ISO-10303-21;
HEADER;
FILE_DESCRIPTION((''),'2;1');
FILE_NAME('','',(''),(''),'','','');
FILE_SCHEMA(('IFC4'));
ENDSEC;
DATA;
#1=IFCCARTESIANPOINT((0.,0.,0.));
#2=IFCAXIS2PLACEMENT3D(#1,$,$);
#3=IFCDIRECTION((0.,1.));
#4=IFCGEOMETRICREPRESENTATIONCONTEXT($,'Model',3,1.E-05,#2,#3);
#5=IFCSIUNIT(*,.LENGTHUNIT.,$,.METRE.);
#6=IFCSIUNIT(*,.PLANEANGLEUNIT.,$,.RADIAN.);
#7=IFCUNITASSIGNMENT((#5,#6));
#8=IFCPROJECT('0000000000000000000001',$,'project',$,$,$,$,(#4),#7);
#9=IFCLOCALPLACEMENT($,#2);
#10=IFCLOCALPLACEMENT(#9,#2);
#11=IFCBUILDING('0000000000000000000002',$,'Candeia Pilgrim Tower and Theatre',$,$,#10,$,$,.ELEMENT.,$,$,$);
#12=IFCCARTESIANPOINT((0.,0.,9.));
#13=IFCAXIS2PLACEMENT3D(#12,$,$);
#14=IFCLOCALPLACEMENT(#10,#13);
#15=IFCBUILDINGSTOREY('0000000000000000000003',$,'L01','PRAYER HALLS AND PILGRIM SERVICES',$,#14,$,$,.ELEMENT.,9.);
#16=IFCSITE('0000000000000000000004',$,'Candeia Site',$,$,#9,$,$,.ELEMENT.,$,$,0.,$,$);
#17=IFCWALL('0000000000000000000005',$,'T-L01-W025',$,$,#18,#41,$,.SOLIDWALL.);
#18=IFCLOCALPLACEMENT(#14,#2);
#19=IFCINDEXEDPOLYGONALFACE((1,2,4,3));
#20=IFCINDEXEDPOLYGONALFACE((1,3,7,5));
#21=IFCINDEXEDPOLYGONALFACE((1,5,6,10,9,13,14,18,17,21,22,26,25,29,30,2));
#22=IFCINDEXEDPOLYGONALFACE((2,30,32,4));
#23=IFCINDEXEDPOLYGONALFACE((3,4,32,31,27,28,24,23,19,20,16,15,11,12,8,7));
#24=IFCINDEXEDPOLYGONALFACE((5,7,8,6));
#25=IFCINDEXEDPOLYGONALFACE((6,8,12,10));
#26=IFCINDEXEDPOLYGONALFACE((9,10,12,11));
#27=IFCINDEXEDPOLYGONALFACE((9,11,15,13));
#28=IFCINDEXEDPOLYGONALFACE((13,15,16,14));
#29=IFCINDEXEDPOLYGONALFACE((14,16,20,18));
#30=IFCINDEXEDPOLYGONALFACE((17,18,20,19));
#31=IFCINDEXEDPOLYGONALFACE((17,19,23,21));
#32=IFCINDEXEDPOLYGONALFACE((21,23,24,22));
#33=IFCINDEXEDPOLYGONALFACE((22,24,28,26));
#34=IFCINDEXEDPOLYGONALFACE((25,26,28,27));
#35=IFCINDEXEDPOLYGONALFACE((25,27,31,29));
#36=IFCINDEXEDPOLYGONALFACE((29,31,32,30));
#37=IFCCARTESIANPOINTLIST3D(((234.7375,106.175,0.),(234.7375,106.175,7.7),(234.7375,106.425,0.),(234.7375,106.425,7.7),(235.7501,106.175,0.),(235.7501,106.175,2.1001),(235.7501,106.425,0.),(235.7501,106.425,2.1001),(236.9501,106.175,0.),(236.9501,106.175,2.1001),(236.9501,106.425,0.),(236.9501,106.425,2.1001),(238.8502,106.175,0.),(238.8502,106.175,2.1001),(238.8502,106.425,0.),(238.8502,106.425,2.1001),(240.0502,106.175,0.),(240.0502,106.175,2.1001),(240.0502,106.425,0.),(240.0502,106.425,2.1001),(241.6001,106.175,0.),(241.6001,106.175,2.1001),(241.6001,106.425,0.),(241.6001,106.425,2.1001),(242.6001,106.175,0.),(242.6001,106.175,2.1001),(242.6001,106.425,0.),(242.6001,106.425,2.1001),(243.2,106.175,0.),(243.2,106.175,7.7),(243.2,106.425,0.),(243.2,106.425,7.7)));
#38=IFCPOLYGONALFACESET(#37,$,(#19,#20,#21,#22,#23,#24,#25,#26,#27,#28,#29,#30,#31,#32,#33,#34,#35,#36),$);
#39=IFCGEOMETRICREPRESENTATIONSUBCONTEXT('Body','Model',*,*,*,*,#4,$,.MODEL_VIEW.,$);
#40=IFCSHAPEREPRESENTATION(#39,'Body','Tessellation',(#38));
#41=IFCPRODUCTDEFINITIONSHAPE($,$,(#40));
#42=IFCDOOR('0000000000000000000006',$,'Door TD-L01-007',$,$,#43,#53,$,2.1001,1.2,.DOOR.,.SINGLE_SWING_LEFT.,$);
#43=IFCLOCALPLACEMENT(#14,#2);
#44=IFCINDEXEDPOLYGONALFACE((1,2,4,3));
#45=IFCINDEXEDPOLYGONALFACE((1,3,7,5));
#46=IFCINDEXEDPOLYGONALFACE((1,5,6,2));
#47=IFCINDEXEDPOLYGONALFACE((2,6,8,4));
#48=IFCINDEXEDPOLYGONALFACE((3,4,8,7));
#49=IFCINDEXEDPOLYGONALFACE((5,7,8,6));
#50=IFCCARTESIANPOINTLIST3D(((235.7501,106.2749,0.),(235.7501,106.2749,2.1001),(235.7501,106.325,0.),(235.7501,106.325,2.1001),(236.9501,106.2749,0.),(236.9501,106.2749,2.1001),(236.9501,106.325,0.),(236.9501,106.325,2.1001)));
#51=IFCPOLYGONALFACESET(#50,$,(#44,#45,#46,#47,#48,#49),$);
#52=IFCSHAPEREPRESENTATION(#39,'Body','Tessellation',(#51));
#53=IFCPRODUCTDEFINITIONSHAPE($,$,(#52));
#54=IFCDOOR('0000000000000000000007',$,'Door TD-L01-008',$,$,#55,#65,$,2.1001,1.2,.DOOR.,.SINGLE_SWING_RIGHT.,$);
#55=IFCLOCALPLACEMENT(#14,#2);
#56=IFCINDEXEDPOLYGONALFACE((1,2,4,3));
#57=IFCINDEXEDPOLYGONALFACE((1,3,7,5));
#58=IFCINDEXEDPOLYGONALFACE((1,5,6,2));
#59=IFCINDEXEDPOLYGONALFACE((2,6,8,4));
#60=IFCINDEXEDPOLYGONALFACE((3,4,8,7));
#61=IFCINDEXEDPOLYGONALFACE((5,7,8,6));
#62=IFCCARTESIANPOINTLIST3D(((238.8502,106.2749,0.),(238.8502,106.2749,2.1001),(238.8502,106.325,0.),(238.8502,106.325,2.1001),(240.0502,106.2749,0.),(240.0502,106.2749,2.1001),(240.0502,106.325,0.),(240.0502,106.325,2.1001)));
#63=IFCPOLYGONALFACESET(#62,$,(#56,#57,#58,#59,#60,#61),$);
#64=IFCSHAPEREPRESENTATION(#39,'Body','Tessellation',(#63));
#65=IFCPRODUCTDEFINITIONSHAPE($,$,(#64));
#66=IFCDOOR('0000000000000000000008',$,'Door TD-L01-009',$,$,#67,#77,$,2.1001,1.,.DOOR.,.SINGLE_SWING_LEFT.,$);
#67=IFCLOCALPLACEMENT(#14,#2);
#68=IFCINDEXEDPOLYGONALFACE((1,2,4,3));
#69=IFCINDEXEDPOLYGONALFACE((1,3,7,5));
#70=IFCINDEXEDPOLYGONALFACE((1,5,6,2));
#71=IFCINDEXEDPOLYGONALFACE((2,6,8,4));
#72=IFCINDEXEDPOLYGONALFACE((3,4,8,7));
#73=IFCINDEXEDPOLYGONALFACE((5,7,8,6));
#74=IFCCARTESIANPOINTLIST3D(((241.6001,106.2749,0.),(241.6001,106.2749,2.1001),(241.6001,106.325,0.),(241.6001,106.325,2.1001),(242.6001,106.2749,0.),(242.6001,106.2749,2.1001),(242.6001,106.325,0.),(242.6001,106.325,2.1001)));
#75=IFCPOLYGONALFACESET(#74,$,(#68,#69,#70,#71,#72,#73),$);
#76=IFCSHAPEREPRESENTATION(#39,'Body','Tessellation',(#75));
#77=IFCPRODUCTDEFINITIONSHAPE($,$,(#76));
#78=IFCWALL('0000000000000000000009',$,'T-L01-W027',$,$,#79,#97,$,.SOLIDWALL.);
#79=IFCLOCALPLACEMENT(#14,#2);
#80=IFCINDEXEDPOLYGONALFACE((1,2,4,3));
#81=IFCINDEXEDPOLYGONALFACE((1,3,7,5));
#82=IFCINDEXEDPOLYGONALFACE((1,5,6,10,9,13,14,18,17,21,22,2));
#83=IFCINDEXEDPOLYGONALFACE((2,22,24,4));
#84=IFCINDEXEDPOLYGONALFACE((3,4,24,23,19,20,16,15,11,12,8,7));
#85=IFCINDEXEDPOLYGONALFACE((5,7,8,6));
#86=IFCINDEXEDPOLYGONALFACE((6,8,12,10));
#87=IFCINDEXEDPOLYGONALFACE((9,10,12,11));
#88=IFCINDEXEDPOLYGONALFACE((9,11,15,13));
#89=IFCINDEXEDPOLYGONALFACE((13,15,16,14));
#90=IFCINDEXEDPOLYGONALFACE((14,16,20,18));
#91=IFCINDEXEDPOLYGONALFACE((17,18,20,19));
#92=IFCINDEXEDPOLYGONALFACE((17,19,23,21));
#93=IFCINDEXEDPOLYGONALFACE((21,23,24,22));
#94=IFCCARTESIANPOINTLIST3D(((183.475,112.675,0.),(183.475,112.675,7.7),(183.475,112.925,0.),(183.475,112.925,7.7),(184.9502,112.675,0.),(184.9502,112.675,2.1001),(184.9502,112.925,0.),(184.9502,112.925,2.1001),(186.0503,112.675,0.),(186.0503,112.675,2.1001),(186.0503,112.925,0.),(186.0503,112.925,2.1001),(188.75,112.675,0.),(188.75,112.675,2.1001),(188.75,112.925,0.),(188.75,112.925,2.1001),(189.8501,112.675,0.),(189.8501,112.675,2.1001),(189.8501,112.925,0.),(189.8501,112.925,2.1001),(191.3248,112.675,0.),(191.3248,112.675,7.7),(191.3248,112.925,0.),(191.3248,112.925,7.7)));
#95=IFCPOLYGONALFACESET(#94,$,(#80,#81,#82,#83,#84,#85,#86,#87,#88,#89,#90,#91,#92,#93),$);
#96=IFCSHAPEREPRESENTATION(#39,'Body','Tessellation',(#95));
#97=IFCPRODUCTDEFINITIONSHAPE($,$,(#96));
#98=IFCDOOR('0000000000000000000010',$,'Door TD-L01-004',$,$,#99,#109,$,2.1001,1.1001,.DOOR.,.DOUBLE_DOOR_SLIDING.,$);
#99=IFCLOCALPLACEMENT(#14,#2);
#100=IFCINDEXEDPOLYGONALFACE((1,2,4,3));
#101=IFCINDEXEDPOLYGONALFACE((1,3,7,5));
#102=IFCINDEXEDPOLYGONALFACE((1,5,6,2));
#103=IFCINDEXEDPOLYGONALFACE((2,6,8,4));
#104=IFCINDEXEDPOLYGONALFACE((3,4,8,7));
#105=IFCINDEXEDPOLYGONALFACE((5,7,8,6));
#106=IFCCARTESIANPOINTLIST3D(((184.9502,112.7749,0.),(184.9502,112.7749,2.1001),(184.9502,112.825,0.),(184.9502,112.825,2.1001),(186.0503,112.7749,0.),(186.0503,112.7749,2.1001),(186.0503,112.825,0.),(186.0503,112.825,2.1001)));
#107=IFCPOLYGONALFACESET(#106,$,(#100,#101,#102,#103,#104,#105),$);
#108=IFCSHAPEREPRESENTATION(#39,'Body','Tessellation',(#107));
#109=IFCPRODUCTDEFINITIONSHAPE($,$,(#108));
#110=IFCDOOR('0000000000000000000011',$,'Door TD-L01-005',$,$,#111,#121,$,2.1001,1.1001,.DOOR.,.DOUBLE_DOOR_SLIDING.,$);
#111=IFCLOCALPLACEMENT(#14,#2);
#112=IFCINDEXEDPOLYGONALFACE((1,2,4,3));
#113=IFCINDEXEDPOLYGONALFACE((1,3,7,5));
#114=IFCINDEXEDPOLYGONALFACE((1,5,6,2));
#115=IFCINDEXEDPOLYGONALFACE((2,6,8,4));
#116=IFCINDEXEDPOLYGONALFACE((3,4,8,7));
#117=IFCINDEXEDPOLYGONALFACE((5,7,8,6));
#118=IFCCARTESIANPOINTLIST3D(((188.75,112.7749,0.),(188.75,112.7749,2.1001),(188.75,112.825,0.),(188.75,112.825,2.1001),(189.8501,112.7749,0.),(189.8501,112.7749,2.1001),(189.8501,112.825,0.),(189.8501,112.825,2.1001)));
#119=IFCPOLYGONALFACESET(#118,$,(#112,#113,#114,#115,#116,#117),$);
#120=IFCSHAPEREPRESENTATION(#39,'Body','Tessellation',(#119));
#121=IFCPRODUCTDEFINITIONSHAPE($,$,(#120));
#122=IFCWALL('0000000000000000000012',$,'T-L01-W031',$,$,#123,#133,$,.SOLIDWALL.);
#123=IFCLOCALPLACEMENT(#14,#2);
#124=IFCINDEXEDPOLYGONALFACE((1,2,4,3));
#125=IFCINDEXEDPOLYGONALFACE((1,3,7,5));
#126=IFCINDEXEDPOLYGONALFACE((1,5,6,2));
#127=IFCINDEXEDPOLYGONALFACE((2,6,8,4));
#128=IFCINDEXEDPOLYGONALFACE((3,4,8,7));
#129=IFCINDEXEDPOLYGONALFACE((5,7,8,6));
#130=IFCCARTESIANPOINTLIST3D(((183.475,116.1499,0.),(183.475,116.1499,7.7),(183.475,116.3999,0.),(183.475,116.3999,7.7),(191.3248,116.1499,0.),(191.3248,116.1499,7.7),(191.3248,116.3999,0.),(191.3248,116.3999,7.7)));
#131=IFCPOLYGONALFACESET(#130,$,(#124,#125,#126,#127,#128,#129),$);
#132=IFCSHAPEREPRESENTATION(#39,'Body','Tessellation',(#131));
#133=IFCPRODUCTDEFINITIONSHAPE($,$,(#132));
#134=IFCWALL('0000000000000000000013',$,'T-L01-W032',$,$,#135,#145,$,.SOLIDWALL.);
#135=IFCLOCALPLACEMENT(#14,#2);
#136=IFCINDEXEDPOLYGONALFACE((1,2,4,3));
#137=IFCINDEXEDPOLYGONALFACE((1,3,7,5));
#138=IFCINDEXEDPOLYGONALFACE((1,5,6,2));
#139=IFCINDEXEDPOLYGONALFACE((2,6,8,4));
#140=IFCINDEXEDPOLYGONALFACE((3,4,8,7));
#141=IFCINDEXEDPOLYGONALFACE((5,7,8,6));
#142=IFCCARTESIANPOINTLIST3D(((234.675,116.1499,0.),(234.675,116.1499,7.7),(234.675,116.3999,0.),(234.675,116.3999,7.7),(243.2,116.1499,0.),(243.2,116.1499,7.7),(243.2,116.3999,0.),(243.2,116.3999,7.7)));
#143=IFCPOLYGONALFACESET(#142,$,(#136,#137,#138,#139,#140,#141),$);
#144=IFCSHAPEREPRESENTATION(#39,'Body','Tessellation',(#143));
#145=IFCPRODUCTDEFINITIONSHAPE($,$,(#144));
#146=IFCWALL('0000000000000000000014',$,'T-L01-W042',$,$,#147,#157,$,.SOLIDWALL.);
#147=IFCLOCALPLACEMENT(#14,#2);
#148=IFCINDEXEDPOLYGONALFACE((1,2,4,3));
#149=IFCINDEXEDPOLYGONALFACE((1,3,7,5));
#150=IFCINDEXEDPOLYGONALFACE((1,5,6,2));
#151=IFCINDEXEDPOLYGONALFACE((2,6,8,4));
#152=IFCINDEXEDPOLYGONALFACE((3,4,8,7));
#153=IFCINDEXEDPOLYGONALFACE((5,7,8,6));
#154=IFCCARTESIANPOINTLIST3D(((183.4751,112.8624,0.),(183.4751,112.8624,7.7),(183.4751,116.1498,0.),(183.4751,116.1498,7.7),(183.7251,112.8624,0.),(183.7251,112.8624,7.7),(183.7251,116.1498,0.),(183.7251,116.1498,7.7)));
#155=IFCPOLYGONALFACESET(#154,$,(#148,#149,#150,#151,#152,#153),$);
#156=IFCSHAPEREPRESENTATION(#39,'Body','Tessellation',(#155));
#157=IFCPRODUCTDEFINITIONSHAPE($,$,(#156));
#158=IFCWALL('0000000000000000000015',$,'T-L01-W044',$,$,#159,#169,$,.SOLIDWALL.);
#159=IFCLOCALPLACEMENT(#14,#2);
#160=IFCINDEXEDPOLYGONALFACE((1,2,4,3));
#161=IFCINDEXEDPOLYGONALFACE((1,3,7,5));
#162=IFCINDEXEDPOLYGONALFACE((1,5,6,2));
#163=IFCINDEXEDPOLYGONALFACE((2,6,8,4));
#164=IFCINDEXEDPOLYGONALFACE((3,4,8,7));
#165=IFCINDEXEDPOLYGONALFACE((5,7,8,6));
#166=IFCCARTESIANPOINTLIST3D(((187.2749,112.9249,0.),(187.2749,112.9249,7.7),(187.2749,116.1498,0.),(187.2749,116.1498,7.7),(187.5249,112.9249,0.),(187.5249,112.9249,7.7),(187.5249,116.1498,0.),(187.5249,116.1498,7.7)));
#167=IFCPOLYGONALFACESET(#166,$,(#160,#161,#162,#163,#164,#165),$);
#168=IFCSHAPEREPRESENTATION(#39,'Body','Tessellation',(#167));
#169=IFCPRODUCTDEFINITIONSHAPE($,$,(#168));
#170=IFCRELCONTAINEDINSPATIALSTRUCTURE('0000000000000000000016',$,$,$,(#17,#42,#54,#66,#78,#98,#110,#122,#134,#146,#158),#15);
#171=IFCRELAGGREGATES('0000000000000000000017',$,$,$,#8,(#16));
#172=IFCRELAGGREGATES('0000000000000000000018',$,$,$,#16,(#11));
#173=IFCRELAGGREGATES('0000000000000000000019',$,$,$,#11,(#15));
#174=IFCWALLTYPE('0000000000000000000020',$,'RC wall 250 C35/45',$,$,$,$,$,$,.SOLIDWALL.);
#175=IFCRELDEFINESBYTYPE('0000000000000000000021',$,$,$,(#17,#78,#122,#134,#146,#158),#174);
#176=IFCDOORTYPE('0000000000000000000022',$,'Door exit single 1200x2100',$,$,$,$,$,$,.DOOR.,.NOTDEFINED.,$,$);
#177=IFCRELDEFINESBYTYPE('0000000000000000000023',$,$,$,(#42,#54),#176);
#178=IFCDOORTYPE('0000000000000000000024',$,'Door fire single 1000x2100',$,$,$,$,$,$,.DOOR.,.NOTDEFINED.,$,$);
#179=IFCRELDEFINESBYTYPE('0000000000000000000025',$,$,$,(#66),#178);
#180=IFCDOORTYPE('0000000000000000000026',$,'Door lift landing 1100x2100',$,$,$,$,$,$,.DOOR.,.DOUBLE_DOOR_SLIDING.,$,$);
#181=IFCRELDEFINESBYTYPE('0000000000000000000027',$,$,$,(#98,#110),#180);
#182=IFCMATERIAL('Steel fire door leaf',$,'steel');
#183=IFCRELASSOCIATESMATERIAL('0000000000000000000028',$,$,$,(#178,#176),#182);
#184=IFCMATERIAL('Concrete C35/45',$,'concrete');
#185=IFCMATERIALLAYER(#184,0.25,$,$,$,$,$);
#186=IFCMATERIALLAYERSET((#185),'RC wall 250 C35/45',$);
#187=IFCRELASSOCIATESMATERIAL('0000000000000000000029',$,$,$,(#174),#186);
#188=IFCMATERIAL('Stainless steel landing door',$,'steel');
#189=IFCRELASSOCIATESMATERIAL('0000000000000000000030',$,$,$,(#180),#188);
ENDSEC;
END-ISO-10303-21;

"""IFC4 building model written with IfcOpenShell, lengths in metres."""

from ifc_helpers import new_model, si_unit, direction, frame, frame_2d, origin, place, context, subcontext, project, spatial, rectangle, extrude, material, layer, layer_set, type_object, element, fill, save


model = new_model("IFC4")

# Units and contexts
model_context = context("Model", 3, precision=1e-05, world=origin(), true_north=direction((0.0, 1.0)))
body_context = subcontext(model_context, "Body", "Model", "MODEL_VIEW")
ifc_project = project(units=[si_unit("LENGTHUNIT", "METRE"), si_unit("PLANEANGLEUNIT", "RADIAN")], contexts=[model_context])

# Site, building, storey
site_placement = place(None, origin())
site = spatial("IfcSite", under=ifc_project, at=site_placement, Name="Candeia Site", CompositionType="ELEMENT", RefElevation=0.0)
building_placement = place(site_placement, origin())
building = spatial("IfcBuilding", under=site, at=building_placement, Name="Candeia Pilgrim Tower and Theatre", CompositionType="ELEMENT")
storey_placement = place(building_placement, frame((0.0, 0.0, 9.0)))
storey = spatial("IfcBuildingStorey", under=building, at=storey_placement, Name="L01", Description="PRAYER HALLS AND PILGRIM SERVICES", CompositionType="ELEMENT", Elevation=9.0)

# Shared definitions
ifc_material_1 = material(Name="Steel fire door leaf", Category="steel")
door_type_1 = type_object("IfcDoorType", Name="Door fire single 1000x2100", OperationType="NOTDEFINED", PredefinedType="DOOR", material=ifc_material_1)

# Shared definitions
ifc_material_2 = material(Name="Concrete C35/45", Category="concrete")
ifc_layer_1 = layer(ifc_material_2, 0.25)
ifc_layer_set_1 = layer_set([ifc_layer_1], Name="RC wall 250 C35/45")
wall_type_1 = type_object("IfcWallType", Name="RC wall 250 C35/45", PredefinedType="SOLIDWALL", material=ifc_layer_set_1)

# Walls, openings, doors
wall_1_placement = place(storey_placement, frame((234.7375, 106.3, 0.0), z_axis=(0.0, 0.0, 1.0), x_axis=(1.0, 0.0, 0.0)))
wall_1 = element("IfcWall", 1, at=wall_1_placement, inside=storey, type_object=wall_type_1, Name="T-L01-W025", PredefinedType="SOLIDWALL", context=body_context, shape_type="SweptSolid", body=[
    extrude(rectangle(XDim=8.4624, YDim=0.25, at=frame_2d((4.2312, 0.0))), origin(), (0.0, 0.0, 1.0), 7.7),
])
opening_1_placement = place(wall_1_placement, frame((1.0125, 0.0, 0.0)))
opening_1 = element("IfcOpeningElement", 2, at=opening_1_placement, cuts=wall_1, PredefinedType="OPENING", context=body_context, shape_type="SweptSolid", body=[
    extrude(rectangle(XDim=1.2, YDim=2.1001, at=frame_2d((0.6001, 1.05))), frame((0.0, 0.135, 0.0), z_axis=(0.0, -1.0, 0.0), x_axis=(1.0, 0.0, 0.0)), (0.0, 0.0, 1.0), 0.27),
])
opening_2_placement = place(wall_1_placement, frame((4.1125, 0.0, 0.0)))
opening_2 = element("IfcOpeningElement", 3, at=opening_2_placement, cuts=wall_1, PredefinedType="OPENING", context=body_context, shape_type="SweptSolid", body=[
    extrude(rectangle(XDim=1.2, YDim=2.1001, at=frame_2d((0.6001, 1.05))), frame((0.0, 0.135, 0.0), z_axis=(0.0, -1.0, 0.0), x_axis=(1.0, 0.0, 0.0)), (0.0, 0.0, 1.0), 0.27),
])
opening_3_placement = place(wall_1_placement, frame((6.8625, 0.0, 0.0)))
opening_3 = element("IfcOpeningElement", 4, at=opening_3_placement, cuts=wall_1, PredefinedType="OPENING", context=body_context, shape_type="SweptSolid", body=[
    extrude(rectangle(XDim=1.0, YDim=2.1001, at=frame_2d((0.5, 1.05))), frame((0.0, 0.135, 0.0), z_axis=(0.0, -1.0, 0.0), x_axis=(1.0, 0.0, 0.0)), (0.0, 0.0, 1.0), 0.27),
])
door_type_2 = type_object("IfcDoorType", Name="Door exit single 1200x2100", OperationType="NOTDEFINED", PredefinedType="DOOR", material=ifc_material_1)
door_1_placement = place(opening_1_placement, origin())
door_1 = element("IfcDoor", 5, at=door_1_placement, inside=storey, type_object=door_type_2, Name="Door TD-L01-007", OperationType="SINGLE_SWING_LEFT", OverallHeight=2.1001, OverallWidth=1.2, PredefinedType="DOOR", context=body_context, shape_type="SweptSolid", body=[
    extrude(rectangle(XDim=1.2, YDim=2.1001, at=frame_2d((0.6001, 1.05))), frame((0.0, 0.0249, 0.0), z_axis=(0.0, -1.0, 0.0), x_axis=(1.0, 0.0, 0.0)), (0.0, 0.0, 1.0), 0.05),
])
fill(opening_1, door_1)
door_2_placement = place(opening_2_placement, origin())
door_2 = element("IfcDoor", 6, at=door_2_placement, inside=storey, type_object=door_type_2, Name="Door TD-L01-008", OperationType="SINGLE_SWING_RIGHT", OverallHeight=2.1001, OverallWidth=1.2, PredefinedType="DOOR", context=body_context, shape_type="SweptSolid", body=[
    extrude(rectangle(XDim=1.2, YDim=2.1001, at=frame_2d((0.6001, 1.05))), frame((0.0, 0.0249, 0.0), z_axis=(0.0, -1.0, 0.0), x_axis=(1.0, 0.0, 0.0)), (0.0, 0.0, 1.0), 0.05),
])
fill(opening_2, door_2)
door_3_placement = place(opening_3_placement, origin())
door_3 = element("IfcDoor", 7, at=door_3_placement, inside=storey, type_object=door_type_1, Name="Door TD-L01-009", OperationType="SINGLE_SWING_LEFT", OverallHeight=2.1001, OverallWidth=1.0, PredefinedType="DOOR", context=body_context, shape_type="SweptSolid", body=[
    extrude(rectangle(XDim=1.0, YDim=2.1001, at=frame_2d((0.5, 1.05))), frame((0.0, 0.0249, 0.0), z_axis=(0.0, -1.0, 0.0), x_axis=(1.0, 0.0, 0.0)), (0.0, 0.0, 1.0), 0.05),
])
fill(opening_3, door_3)
wall_2_placement = place(storey_placement, frame((183.4751, 112.8, 0.0), z_axis=(0.0, 0.0, 1.0), x_axis=(1.0, 0.0, 0.0)))
wall_2 = element("IfcWall", 8, at=wall_2_placement, inside=storey, type_object=wall_type_1, Name="T-L01-W027", PredefinedType="SOLIDWALL", context=body_context, shape_type="SweptSolid", body=[
    extrude(rectangle(XDim=7.8499, YDim=0.25, at=frame_2d((3.9248, 0.0))), origin(), (0.0, 0.0, 1.0), 7.7),
])
opening_4_placement = place(wall_2_placement, frame((1.4751, 0.0, 0.0)))
opening_4 = element("IfcOpeningElement", 9, at=opening_4_placement, cuts=wall_2, PredefinedType="OPENING", context=body_context, shape_type="SweptSolid", body=[
    extrude(rectangle(XDim=1.1001, YDim=2.1001, at=frame_2d((0.55, 1.05))), frame((0.0, 0.135, 0.0), z_axis=(0.0, -1.0, 0.0), x_axis=(1.0, 0.0, 0.0)), (0.0, 0.0, 1.0), 0.27),
])
opening_5_placement = place(wall_2_placement, frame((5.2749, 0.0, 0.0)))
opening_5 = element("IfcOpeningElement", 10, at=opening_5_placement, cuts=wall_2, PredefinedType="OPENING", context=body_context, shape_type="SweptSolid", body=[
    extrude(rectangle(XDim=1.1001, YDim=2.1001, at=frame_2d((0.55, 1.05))), frame((0.0, 0.135, 0.0), z_axis=(0.0, -1.0, 0.0), x_axis=(1.0, 0.0, 0.0)), (0.0, 0.0, 1.0), 0.27),
])
ifc_material_3 = material(Name="Stainless steel landing door", Category="steel")
door_type_3 = type_object("IfcDoorType", Name="Door lift landing 1100x2100", OperationType="DOUBLE_DOOR_SLIDING", PredefinedType="DOOR", material=ifc_material_3)
door_4_placement = place(opening_4_placement, origin())
door_4 = element("IfcDoor", 11, at=door_4_placement, inside=storey, type_object=door_type_3, Name="Door TD-L01-004", OperationType="DOUBLE_DOOR_SLIDING", OverallHeight=2.1001, OverallWidth=1.1001, PredefinedType="DOOR", context=body_context, shape_type="SweptSolid", body=[
    extrude(rectangle(XDim=1.1001, YDim=2.1001, at=frame_2d((0.55, 1.05))), frame((0.0, 0.0249, 0.0), z_axis=(0.0, -1.0, 0.0), x_axis=(1.0, 0.0, 0.0)), (0.0, 0.0, 1.0), 0.05),
])
fill(opening_4, door_4)
door_5_placement = place(opening_5_placement, origin())
door_5 = element("IfcDoor", 12, at=door_5_placement, inside=storey, type_object=door_type_3, Name="Door TD-L01-005", OperationType="DOUBLE_DOOR_SLIDING", OverallHeight=2.1001, OverallWidth=1.1001, PredefinedType="DOOR", context=body_context, shape_type="SweptSolid", body=[
    extrude(rectangle(XDim=1.1001, YDim=2.1001, at=frame_2d((0.55, 1.05))), frame((0.0, 0.0249, 0.0), z_axis=(0.0, -1.0, 0.0), x_axis=(1.0, 0.0, 0.0)), (0.0, 0.0, 1.0), 0.05),
])
fill(opening_5, door_5)

# Walls
wall_3_placement = place(storey_placement, frame((183.4751, 116.2749, 0.0), z_axis=(0.0, 0.0, 1.0), x_axis=(1.0, 0.0, 0.0)))
element("IfcWall", 13, at=wall_3_placement, inside=storey, type_object=wall_type_1, Name="T-L01-W031", PredefinedType="SOLIDWALL", context=body_context, shape_type="SweptSolid", body=[
    extrude(rectangle(XDim=7.8499, YDim=0.25, at=frame_2d((3.9248, 0.0))), origin(), (0.0, 0.0, 1.0), 7.7),
])
wall_4_placement = place(storey_placement, frame((234.675, 116.2749, 0.0), z_axis=(0.0, 0.0, 1.0), x_axis=(1.0, 0.0, 0.0)))
element("IfcWall", 14, at=wall_4_placement, inside=storey, type_object=wall_type_1, Name="T-L01-W032", PredefinedType="SOLIDWALL", context=body_context, shape_type="SweptSolid", body=[
    extrude(rectangle(XDim=8.5249, YDim=0.25, at=frame_2d((4.2625, 0.0))), origin(), (0.0, 0.0, 1.0), 7.7),
])
wall_5_placement = place(storey_placement, frame((183.6001, 112.8625, 0.0), z_axis=(0.0, 0.0, 1.0), x_axis=(0.0, 1.0, 0.0)))
element("IfcWall", 15, at=wall_5_placement, inside=storey, type_object=wall_type_1, Name="T-L01-W042", PredefinedType="SOLIDWALL", context=body_context, shape_type="SweptSolid", body=[
    extrude(rectangle(XDim=3.2874, YDim=0.25, at=frame_2d((1.6436, 0.0))), origin(), (0.0, 0.0, 1.0), 7.7),
])
for number, where, z_axis, x_axis, name in (
    (16, (187.3999, 112.925, 0.0), (0.0, 0.0, 1.0), (0.0, 1.0, 0.0), "T-L01-W044"),
):
    element("IfcWall", number, at=place(storey_placement, frame(where, z_axis=z_axis, x_axis=x_axis)), inside=storey, type_object=wall_type_1, Name=name, PredefinedType="SOLIDWALL", context=body_context, shape_type="SweptSolid", body=[
        extrude(rectangle(XDim=3.2249, YDim=0.25, at=frame_2d((1.6123, 0.0))), origin(), (0.0, 0.0, 1.0), 7.7),
    ])

save(model, "model.ifc")
